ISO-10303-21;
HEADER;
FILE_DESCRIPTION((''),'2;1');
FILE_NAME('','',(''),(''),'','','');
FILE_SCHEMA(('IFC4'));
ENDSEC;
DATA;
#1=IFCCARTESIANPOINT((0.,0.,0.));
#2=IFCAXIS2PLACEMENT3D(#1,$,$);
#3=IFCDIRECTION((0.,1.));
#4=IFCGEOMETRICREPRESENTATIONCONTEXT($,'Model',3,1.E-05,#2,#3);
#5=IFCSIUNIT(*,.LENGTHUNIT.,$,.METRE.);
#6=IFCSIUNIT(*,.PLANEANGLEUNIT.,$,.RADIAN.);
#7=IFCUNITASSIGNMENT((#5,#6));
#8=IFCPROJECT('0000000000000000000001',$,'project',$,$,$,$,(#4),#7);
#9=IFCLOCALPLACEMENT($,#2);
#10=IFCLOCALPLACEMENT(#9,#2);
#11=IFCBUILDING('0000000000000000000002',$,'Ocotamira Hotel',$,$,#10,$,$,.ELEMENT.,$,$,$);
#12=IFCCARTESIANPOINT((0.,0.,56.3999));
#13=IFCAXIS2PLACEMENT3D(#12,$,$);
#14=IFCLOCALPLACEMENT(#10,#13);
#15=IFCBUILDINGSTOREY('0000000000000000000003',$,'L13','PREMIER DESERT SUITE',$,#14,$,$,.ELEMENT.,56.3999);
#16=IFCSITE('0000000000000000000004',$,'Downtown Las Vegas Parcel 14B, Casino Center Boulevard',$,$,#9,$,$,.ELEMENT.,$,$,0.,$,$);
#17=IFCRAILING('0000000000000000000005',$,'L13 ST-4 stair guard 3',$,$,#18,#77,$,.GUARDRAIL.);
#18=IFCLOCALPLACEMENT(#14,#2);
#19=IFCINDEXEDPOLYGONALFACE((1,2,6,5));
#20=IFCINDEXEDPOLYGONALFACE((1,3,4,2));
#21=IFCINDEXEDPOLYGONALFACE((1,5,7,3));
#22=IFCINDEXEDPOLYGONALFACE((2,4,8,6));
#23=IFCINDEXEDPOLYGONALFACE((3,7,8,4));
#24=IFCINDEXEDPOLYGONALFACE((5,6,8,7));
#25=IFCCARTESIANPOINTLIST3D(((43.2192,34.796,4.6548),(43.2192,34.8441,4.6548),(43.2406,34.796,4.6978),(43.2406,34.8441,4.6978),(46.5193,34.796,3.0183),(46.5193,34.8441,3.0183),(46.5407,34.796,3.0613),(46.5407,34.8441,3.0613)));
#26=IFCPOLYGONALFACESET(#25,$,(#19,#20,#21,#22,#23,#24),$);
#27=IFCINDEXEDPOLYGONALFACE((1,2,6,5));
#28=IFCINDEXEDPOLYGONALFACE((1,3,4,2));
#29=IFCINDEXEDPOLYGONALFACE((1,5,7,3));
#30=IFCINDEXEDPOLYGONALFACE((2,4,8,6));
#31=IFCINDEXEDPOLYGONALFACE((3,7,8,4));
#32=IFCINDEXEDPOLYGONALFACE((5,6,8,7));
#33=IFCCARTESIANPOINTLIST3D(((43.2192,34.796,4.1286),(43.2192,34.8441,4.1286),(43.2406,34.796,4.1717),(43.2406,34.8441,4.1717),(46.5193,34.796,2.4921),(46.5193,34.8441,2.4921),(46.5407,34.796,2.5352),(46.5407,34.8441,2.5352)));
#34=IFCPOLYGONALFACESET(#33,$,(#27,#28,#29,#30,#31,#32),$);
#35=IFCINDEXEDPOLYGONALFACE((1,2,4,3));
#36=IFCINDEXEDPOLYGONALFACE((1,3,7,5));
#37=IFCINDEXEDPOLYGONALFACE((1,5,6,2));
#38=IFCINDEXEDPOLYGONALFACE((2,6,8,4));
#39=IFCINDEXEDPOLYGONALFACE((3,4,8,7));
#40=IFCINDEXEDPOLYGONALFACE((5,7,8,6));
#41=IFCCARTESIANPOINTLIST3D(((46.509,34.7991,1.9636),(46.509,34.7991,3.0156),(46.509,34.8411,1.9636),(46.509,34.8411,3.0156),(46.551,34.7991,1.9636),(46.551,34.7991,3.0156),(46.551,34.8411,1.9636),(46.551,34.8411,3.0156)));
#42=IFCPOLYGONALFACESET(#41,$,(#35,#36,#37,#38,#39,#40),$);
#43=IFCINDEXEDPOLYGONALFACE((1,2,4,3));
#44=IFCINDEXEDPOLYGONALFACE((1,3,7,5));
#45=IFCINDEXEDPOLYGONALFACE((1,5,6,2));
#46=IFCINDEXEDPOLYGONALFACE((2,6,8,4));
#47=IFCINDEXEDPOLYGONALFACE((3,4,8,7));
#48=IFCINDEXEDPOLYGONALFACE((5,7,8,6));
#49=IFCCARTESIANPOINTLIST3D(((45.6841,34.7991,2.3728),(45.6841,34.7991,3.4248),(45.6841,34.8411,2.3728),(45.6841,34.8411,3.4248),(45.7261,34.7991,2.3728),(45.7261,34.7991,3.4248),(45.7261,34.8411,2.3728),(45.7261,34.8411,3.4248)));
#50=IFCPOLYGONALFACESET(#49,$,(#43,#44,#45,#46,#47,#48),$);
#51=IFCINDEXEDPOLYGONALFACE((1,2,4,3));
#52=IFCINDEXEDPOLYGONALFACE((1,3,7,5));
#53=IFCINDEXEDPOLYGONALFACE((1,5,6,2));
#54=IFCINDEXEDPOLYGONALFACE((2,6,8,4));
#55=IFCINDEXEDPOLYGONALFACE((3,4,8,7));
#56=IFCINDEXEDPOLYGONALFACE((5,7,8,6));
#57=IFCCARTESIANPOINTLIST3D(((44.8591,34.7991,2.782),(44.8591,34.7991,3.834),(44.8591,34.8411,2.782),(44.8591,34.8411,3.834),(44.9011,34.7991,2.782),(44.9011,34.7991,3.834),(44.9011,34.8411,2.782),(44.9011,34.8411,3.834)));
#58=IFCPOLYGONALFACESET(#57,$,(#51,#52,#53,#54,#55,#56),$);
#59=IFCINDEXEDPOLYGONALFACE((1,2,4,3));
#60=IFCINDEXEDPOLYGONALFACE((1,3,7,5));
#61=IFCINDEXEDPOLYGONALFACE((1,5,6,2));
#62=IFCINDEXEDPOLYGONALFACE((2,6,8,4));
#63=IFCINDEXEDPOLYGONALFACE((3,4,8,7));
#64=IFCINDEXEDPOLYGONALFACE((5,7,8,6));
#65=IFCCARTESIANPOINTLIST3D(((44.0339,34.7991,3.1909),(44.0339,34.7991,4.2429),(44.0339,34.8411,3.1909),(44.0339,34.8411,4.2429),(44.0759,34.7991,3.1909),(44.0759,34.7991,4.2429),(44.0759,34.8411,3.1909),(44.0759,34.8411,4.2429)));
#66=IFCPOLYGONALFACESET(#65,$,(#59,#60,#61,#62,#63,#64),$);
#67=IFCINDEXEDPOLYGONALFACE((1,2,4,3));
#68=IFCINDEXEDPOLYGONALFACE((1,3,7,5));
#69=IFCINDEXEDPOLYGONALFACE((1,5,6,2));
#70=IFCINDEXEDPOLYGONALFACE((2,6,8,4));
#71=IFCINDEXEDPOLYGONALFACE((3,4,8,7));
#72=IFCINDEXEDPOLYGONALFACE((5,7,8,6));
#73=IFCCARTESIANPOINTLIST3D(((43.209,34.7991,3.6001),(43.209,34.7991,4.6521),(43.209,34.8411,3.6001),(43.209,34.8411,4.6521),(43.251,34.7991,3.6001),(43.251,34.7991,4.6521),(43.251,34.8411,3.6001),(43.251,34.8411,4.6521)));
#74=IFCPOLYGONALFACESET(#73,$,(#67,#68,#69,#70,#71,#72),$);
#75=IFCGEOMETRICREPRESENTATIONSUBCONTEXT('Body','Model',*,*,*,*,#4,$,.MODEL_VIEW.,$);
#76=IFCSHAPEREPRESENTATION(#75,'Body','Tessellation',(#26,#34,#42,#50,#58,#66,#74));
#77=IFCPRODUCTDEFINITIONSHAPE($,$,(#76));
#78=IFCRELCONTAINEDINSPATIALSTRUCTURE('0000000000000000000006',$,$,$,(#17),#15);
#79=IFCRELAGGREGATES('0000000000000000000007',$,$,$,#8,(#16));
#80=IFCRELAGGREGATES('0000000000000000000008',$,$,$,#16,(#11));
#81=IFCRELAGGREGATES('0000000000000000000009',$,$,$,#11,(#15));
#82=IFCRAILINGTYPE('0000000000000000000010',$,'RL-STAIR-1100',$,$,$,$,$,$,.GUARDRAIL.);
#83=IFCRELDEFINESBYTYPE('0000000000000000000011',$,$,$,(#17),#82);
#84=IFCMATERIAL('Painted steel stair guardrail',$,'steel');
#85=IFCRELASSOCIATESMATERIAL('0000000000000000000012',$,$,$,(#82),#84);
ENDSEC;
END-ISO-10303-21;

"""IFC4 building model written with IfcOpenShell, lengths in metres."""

from ifc_helpers import new_model, si_unit, direction, frame, origin, origin_2d, place, context, subcontext, project, spatial, rectangle, extrude, material, type_object, element, save


model = new_model("IFC4")

# Units and contexts
model_context = context("Model", 3, precision=1e-05, world=origin(), true_north=direction((0.0, 1.0)))
body_context = subcontext(model_context, "Body", "Model", "MODEL_VIEW")
ifc_project = project(units=[si_unit("LENGTHUNIT", "METRE"), si_unit("PLANEANGLEUNIT", "RADIAN")], contexts=[model_context])

# Site, building, storey
site_placement = place(None, origin())
site = spatial("IfcSite", under=ifc_project, at=site_placement, Name="Downtown Las Vegas Parcel 14B, Casino Center Boulevard", CompositionType="ELEMENT", RefElevation=0.0)
building_placement = place(site_placement, origin())
building = spatial("IfcBuilding", under=site, at=building_placement, Name="Ocotamira Hotel", CompositionType="ELEMENT")
storey_placement = place(building_placement, frame((0.0, 0.0, 56.3999)))
storey = spatial("IfcBuildingStorey", under=building, at=storey_placement, Name="L13", Description="PREMIER DESERT SUITE", CompositionType="ELEMENT", Elevation=56.3999)

# Railing
ifc_material_1 = material(Name="Painted steel stair guardrail", Category="steel")
railing_type_1 = type_object("IfcRailingType", Name="RL-STAIR-1100", PredefinedType="GUARDRAIL", material=ifc_material_1)
railing_1_placement = place(storey_placement, frame((46.53, 34.8201, 1.9636)))
element("IfcRailing", 1, at=railing_1_placement, inside=storey, type_object=railing_type_1, Name="L13 ST-4 stair guard 3", PredefinedType="GUARDRAIL", context=body_context, shape_type="SweptSolid", body=[
    extrude(rectangle(XDim=0.0481, YDim=0.0481, at=origin_2d()), frame((0.0, 0.0, 1.0762), z_axis=(-0.895894, 0.0, 0.444268), x_axis=(0.0, -1.0, 0.0)), (0.0, 0.0, 1.0), 3.6836),
    extrude(rectangle(XDim=0.0481, YDim=0.0481, at=origin_2d()), frame((0.0, 0.0, 0.55), z_axis=(-0.895894, 0.0, 0.444268), x_axis=(0.0, -1.0, 0.0)), (0.0, 0.0, 1.0), 3.6836),
    extrude(rectangle(XDim=0.042, YDim=0.042, at=origin_2d()), origin(), (0.0, 0.0, 1.0), 1.052),
    extrude(rectangle(XDim=0.042, YDim=0.042, at=origin_2d()), frame((-0.825, 0.0, 0.4092)), (0.0, 0.0, 1.0), 1.052),
    extrude(rectangle(XDim=0.042, YDim=0.042, at=origin_2d()), frame((-1.6499, 0.0, 0.8184)), (0.0, 0.0, 1.0), 1.052),
    extrude(rectangle(XDim=0.042, YDim=0.042, at=origin_2d()), frame((-2.4751, 0.0, 1.2273)), (0.0, 0.0, 1.0), 1.052),
    extrude(rectangle(XDim=0.042, YDim=0.042, at=origin_2d()), frame((-3.3, 0.0, 1.6365)), (0.0, 0.0, 1.0), 1.052),
])

save(model, "model.ifc")
